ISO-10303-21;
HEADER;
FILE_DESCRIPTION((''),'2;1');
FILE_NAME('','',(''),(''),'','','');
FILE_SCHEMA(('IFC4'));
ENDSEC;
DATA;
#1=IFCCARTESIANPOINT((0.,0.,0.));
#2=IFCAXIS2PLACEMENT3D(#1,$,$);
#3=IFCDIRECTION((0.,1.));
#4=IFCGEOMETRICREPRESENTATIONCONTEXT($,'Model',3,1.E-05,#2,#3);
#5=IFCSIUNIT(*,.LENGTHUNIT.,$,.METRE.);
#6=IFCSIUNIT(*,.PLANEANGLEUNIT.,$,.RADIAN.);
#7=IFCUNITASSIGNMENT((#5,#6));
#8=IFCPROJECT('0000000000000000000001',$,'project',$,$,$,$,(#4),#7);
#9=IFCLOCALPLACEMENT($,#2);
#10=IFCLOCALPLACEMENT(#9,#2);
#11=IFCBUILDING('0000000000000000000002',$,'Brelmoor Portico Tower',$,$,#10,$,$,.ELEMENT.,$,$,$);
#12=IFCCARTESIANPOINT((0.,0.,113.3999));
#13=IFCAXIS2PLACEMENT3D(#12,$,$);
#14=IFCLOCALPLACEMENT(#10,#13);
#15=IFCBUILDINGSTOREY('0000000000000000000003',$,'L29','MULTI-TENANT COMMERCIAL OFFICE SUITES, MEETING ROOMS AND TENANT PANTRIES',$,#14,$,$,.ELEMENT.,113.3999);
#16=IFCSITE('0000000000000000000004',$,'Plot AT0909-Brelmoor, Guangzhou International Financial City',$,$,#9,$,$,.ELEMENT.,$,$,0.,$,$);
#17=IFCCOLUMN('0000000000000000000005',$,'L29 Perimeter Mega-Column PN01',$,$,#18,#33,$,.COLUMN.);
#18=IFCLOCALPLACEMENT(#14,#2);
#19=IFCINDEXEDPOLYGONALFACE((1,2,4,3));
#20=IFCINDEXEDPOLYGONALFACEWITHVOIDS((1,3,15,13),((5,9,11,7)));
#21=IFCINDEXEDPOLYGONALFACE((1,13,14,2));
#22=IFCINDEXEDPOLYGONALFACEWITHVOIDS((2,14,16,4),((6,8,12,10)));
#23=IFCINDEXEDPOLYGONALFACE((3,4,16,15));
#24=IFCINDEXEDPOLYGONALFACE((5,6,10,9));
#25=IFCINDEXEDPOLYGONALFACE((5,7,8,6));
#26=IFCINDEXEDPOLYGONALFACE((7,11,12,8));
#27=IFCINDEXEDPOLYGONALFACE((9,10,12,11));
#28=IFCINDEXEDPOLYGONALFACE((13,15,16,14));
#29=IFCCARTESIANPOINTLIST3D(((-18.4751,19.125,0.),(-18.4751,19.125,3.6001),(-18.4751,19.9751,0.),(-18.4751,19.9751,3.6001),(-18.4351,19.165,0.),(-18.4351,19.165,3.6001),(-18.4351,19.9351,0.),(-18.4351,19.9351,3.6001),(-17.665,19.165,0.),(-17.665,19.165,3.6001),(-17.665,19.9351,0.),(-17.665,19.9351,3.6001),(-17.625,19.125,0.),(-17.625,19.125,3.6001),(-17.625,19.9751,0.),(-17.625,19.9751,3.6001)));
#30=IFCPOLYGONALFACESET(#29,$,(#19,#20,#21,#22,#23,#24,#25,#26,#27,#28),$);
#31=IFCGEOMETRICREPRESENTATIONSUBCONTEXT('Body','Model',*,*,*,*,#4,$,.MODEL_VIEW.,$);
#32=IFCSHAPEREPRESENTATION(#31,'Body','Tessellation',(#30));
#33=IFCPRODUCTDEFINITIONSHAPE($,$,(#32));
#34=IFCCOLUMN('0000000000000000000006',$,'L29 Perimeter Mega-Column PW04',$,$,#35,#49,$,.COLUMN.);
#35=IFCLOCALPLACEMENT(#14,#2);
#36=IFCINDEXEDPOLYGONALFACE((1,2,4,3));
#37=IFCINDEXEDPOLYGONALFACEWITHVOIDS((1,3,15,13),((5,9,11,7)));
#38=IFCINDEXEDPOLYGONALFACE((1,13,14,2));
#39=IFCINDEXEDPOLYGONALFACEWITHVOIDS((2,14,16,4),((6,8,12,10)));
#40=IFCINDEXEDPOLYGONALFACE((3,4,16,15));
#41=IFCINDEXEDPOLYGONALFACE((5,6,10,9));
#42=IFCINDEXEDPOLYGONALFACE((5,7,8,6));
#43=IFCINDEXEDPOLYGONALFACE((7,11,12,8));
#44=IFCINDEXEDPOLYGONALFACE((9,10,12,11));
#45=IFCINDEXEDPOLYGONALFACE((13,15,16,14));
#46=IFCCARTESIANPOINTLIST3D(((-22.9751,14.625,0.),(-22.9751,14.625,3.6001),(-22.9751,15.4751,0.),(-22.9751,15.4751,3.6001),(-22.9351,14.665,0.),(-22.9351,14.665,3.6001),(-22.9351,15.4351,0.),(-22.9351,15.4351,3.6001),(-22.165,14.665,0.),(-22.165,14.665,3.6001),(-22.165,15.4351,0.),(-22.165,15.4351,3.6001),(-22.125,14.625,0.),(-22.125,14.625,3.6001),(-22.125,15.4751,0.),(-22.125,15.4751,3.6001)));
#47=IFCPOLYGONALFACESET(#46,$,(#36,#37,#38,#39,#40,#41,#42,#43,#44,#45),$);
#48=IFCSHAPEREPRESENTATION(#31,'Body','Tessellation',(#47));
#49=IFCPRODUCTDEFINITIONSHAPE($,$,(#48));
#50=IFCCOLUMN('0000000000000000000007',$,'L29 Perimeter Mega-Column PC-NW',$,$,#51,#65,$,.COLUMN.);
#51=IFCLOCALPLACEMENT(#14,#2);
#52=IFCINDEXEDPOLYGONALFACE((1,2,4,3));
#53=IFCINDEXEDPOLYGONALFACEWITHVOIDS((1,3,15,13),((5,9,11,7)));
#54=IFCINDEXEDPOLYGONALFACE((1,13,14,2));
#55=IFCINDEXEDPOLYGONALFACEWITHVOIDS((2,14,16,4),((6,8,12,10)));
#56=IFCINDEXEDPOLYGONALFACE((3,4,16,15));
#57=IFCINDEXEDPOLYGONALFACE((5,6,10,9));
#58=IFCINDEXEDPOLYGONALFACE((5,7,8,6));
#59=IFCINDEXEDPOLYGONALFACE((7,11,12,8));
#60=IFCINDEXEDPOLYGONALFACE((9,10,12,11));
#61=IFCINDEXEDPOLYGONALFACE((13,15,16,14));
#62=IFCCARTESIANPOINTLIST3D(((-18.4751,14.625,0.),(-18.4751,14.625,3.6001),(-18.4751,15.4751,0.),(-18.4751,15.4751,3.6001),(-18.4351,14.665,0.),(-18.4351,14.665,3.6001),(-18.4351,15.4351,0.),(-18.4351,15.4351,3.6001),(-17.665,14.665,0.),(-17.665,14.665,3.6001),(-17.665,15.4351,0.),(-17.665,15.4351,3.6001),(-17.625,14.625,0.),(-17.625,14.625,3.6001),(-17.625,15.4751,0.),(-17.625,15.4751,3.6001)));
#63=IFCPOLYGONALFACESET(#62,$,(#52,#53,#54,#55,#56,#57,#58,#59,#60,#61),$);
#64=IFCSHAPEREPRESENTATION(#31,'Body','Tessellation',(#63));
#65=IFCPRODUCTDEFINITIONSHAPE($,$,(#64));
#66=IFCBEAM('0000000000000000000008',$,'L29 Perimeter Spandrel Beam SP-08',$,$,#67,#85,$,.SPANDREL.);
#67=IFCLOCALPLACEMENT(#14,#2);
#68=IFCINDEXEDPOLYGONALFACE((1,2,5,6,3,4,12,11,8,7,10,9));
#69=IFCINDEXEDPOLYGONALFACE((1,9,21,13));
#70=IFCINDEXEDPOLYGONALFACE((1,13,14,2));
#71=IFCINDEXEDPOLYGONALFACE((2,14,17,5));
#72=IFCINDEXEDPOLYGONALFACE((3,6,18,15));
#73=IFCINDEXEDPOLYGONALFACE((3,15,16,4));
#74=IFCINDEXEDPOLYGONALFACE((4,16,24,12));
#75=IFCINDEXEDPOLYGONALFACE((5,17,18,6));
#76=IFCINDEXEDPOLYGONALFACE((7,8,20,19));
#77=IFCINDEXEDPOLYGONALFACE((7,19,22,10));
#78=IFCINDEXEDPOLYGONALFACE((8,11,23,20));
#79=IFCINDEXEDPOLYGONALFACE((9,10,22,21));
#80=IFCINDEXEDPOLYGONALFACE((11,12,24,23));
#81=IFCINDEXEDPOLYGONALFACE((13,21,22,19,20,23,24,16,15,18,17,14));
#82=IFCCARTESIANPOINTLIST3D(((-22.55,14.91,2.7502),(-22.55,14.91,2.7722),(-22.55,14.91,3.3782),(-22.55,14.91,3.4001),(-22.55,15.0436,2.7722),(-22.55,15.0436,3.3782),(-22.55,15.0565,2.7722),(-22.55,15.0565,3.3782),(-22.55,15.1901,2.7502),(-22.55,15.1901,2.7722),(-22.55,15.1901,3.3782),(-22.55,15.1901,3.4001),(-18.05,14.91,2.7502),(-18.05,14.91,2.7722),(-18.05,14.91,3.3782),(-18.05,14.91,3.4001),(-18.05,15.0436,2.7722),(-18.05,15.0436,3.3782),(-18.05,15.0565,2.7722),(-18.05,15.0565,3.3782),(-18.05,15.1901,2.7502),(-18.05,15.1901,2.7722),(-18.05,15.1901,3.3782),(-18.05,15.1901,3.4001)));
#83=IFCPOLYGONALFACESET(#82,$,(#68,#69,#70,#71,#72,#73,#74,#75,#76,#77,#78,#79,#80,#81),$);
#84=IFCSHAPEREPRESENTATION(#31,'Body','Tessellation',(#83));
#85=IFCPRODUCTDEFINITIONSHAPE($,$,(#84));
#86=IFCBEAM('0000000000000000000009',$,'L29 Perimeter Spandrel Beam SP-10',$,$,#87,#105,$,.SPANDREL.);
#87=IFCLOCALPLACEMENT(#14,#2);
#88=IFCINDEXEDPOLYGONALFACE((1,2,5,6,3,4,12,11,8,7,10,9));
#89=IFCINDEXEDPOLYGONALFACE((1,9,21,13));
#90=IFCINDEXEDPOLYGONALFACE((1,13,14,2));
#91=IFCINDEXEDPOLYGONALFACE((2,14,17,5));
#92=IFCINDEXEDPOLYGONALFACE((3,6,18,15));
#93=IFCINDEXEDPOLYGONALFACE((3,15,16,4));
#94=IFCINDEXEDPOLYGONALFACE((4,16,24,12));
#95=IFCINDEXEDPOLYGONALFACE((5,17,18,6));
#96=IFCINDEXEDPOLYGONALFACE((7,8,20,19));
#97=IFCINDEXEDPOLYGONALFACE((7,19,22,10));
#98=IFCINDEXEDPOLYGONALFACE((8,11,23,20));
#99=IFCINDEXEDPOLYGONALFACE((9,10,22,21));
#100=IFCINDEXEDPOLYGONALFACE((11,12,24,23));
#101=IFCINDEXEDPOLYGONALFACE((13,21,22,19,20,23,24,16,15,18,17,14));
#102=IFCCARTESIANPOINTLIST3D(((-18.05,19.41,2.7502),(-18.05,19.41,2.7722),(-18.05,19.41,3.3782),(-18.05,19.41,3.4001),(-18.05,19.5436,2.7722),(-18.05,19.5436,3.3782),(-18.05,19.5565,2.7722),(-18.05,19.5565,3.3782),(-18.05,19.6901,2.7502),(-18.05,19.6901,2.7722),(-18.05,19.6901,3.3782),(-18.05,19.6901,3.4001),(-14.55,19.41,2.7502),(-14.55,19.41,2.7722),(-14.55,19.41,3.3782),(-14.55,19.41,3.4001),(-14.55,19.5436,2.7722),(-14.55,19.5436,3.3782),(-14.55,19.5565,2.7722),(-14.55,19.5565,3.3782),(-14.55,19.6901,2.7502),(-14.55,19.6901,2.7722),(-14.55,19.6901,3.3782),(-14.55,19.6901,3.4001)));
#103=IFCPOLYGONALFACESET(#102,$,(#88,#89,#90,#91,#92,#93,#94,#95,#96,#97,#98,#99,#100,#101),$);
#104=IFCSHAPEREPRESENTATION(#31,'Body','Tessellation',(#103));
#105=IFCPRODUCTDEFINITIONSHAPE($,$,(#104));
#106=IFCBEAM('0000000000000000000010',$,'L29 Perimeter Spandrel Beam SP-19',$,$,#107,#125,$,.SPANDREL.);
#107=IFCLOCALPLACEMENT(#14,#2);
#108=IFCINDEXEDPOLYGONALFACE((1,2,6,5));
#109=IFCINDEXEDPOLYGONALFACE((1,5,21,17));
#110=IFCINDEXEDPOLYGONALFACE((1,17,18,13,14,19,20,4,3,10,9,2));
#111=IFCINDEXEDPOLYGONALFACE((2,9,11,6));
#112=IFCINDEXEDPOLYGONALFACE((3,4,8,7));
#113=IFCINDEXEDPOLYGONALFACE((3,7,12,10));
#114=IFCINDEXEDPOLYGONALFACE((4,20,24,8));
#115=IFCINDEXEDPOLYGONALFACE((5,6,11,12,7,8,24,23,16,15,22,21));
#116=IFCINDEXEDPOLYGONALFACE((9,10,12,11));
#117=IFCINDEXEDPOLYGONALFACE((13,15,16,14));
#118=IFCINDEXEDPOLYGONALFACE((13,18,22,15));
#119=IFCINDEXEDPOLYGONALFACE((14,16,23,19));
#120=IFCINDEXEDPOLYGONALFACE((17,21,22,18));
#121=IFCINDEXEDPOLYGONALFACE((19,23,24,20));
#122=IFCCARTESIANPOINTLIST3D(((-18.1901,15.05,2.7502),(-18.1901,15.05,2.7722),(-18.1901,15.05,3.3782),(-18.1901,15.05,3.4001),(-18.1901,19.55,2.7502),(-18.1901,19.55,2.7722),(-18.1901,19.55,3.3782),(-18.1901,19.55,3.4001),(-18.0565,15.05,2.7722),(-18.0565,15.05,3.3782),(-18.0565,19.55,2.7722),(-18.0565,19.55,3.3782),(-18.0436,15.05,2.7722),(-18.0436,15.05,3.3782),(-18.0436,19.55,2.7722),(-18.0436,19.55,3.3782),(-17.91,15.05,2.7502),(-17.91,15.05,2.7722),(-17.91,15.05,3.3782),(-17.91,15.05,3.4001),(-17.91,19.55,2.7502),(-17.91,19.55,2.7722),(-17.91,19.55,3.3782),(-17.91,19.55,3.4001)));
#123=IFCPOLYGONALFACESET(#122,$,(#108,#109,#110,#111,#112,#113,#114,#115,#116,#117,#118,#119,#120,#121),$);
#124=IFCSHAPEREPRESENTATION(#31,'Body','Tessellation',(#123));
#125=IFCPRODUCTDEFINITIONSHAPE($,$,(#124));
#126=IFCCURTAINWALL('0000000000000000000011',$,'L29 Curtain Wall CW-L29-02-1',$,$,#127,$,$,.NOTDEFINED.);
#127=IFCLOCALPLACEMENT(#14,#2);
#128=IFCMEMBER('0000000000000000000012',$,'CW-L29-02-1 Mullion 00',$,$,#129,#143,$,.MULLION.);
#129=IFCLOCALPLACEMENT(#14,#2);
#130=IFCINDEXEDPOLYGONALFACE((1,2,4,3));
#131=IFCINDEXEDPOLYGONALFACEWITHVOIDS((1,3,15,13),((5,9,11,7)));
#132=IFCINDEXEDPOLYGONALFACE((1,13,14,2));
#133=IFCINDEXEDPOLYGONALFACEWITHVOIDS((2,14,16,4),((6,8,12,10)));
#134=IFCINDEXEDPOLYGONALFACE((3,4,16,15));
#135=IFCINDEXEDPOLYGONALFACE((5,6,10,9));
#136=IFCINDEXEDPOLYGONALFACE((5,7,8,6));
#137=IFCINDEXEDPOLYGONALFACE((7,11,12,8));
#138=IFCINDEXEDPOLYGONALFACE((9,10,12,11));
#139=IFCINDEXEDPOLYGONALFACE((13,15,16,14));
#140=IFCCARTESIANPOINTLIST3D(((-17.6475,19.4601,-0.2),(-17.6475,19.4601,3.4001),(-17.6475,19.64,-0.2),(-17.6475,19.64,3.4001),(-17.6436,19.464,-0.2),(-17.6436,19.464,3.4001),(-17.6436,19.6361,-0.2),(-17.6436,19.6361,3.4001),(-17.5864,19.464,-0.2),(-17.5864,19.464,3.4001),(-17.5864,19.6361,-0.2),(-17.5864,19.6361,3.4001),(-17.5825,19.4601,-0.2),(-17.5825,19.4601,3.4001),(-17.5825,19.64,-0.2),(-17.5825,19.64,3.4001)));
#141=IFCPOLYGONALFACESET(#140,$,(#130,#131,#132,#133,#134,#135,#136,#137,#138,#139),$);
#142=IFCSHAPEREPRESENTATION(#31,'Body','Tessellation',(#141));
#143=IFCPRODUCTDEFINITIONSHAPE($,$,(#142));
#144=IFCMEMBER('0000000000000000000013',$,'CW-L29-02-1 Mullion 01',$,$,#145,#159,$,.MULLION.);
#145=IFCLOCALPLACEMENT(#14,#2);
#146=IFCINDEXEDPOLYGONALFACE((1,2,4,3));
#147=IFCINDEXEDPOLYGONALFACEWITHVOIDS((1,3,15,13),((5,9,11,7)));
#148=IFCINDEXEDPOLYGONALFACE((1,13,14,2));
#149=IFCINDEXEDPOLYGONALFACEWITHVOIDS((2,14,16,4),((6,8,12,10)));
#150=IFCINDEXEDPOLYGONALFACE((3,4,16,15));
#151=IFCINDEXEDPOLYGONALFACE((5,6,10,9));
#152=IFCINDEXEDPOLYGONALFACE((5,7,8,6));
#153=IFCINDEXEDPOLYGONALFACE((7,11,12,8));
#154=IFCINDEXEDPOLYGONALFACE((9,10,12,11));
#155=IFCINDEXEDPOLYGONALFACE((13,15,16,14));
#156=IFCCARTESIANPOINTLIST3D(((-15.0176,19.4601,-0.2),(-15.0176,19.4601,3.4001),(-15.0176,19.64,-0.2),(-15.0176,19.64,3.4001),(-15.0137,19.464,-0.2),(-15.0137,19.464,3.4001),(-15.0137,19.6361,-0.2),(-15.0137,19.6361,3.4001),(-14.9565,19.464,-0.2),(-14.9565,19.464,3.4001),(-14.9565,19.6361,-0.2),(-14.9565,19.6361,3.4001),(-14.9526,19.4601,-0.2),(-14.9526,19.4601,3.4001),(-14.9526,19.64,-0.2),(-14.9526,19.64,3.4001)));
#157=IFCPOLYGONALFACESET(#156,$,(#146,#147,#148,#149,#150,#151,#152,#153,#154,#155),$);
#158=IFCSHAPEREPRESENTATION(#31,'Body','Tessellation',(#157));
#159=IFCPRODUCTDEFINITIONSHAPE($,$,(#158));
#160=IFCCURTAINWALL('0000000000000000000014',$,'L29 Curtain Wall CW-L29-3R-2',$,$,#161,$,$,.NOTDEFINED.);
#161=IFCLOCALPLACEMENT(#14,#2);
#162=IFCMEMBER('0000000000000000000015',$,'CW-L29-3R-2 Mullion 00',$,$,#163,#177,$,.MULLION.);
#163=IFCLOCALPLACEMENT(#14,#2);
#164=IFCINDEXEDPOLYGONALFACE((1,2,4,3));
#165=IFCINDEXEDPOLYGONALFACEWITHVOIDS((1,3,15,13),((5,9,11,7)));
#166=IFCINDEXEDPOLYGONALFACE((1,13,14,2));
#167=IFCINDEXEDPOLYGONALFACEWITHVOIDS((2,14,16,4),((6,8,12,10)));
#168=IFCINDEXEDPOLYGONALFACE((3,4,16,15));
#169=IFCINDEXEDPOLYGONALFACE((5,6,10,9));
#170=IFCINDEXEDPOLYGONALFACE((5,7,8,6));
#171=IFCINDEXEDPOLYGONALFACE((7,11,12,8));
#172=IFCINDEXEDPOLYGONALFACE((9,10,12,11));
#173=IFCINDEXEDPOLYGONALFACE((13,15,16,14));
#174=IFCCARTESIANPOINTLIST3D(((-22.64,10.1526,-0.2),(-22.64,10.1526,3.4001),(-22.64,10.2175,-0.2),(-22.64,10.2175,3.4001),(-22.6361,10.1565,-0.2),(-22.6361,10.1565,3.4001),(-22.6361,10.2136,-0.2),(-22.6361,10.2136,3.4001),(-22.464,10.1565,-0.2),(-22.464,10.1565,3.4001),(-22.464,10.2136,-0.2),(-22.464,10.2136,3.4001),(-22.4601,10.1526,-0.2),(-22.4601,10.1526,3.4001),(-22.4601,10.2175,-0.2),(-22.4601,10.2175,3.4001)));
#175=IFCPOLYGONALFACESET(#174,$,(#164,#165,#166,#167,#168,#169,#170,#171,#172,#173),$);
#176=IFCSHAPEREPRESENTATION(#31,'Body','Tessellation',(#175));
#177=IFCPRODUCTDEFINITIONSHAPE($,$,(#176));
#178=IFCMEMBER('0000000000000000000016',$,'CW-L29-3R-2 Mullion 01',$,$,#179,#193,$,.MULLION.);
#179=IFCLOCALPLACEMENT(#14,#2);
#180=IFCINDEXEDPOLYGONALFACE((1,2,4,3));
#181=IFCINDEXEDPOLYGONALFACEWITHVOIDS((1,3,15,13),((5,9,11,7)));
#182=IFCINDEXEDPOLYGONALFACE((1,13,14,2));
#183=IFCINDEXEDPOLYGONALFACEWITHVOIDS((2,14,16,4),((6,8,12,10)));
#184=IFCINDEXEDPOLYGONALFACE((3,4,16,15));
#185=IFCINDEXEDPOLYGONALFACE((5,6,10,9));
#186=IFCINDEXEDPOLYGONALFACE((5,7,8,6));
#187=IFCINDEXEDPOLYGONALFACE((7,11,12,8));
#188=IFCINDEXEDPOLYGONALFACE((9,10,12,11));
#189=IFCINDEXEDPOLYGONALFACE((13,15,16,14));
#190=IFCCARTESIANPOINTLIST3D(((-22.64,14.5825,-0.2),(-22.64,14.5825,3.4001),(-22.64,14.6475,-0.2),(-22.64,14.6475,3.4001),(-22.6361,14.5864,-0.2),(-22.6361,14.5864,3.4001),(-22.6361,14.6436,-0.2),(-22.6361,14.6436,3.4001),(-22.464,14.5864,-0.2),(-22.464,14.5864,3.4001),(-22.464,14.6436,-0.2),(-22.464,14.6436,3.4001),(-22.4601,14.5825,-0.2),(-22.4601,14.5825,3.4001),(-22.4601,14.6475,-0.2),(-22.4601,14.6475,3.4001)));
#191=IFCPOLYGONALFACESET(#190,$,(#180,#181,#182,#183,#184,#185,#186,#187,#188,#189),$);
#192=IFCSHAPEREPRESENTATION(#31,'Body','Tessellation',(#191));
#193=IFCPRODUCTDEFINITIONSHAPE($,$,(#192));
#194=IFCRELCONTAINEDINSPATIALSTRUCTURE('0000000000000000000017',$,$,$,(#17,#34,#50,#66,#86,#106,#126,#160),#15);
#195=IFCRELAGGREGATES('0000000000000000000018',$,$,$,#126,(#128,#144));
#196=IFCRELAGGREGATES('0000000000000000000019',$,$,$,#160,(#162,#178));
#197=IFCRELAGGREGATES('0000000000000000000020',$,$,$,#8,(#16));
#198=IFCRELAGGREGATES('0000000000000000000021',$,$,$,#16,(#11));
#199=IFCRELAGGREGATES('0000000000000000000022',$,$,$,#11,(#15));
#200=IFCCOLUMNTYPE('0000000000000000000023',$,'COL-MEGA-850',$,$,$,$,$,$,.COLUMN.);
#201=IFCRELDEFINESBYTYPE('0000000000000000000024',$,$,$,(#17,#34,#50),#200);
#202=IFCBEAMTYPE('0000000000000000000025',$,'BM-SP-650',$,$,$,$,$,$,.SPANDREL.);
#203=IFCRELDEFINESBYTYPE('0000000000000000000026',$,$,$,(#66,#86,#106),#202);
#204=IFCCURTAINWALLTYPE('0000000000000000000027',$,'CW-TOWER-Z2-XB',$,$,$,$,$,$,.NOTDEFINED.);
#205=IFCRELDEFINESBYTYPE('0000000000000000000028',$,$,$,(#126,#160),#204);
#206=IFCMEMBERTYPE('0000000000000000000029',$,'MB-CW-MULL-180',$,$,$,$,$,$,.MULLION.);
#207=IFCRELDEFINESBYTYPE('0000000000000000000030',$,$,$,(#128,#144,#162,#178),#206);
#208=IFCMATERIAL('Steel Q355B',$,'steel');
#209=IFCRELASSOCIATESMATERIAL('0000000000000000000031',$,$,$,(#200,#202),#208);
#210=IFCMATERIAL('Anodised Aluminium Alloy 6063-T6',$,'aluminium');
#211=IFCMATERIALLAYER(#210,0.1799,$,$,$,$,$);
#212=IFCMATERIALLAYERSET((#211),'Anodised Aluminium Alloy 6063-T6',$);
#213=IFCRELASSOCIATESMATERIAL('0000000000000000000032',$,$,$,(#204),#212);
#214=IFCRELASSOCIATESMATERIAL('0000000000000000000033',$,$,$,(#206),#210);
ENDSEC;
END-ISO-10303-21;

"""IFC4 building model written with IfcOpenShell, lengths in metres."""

from ifc_helpers import new_model, si_unit, direction, frame, origin, origin_2d, place, context, subcontext, project, spatial, hollow_rectangle, i_section, extrude, material, layer, layer_set, material_profile, profile_set, type_object, element, aggregate, save


model = new_model("IFC4")

# Units and contexts
model_context = context("Model", 3, precision=1e-05, world=origin(), true_north=direction((0.0, 1.0)))
body_context = subcontext(model_context, "Body", "Model", "MODEL_VIEW")
ifc_project = project(units=[si_unit("LENGTHUNIT", "METRE"), si_unit("PLANEANGLEUNIT", "RADIAN")], contexts=[model_context])

# Site, building, storey
site_placement = place(None, origin())
site = spatial("IfcSite", under=ifc_project, at=site_placement, Name="Plot AT0909-Brelmoor, Guangzhou International Financial City", CompositionType="ELEMENT", RefElevation=0.0)
building_placement = place(site_placement, origin())
building = spatial("IfcBuilding", under=site, at=building_placement, Name="Brelmoor Portico Tower", CompositionType="ELEMENT")
storey_placement = place(building_placement, frame((0.0, 0.0, 113.3999)))
storey = spatial("IfcBuildingStorey", under=building, at=storey_placement, Name="L29", Description="MULTI-TENANT COMMERCIAL OFFICE SUITES, MEETING ROOMS AND TENANT PANTRIES", CompositionType="ELEMENT", Elevation=113.3999)

# Columns
ifc_material_1 = material(Name="Steel Q355B", Category="steel")
ifc_material_profile_1 = material_profile(ifc_material_1, hollow_rectangle(XDim=0.8501, YDim=0.8501, WallThickness=0.04, at=origin_2d()), Name="BOX 850x850x40")
ifc_profile_set_1 = profile_set([ifc_material_profile_1], Name="Steel Q355B")
column_type = type_object("IfcColumnType", Name="COL-MEGA-850", PredefinedType="COLUMN", material=ifc_profile_set_1)
for number, where, z_axis, x_axis, name in (
    (1, (-18.05, 19.55, 0.0), (0.0, 0.0, 1.0), (1.0, 0.0, 0.0), "L29 Perimeter Mega-Column PN01"),
    (2, (-22.55, 15.05, 0.0), (0.0, 0.0, 1.0), (0.0, 1.0, 0.0), "L29 Perimeter Mega-Column PW04"),
    (3, (-18.05, 15.05, 0.0), (0.0, 0.0, 1.0), (1.0, 0.0, 0.0), "L29 Perimeter Mega-Column PC-NW"),
):
    element("IfcColumn", number, at=place(storey_placement, frame(where, z_axis=z_axis, x_axis=x_axis)), inside=storey, type_object=column_type, Name=name, PredefinedType="COLUMN", context=body_context, shape_type="SweptSolid", body=[
        extrude(hollow_rectangle(XDim=0.8501, YDim=0.8501, WallThickness=0.04, at=origin_2d()), origin(), (0.0, 0.0, 1.0), 3.6001),
    ])

# Beams
ifc_material_profile_2 = material_profile(ifc_material_1, i_section(OverallWidth=0.28, OverallDepth=0.6499, WebThickness=0.0129, FlangeThickness=0.022, at=origin_2d()), Name="HN 650x280x13x22")
ifc_profile_set_2 = profile_set([ifc_material_profile_2], Name="Steel Q355B")
beam_type = type_object("IfcBeamType", Name="BM-SP-650", PredefinedType="SPANDREL", material=ifc_profile_set_2)
beam_1_placement = place(storey_placement, frame((-22.55, 15.05, 3.0752), z_axis=(1.0, 0.0, 0.0), x_axis=(0.0, 1.0, 0.0)))
element("IfcBeam", 4, at=beam_1_placement, inside=storey, type_object=beam_type, Name="L29 Perimeter Spandrel Beam SP-08", PredefinedType="SPANDREL", context=body_context, shape_type="SweptSolid", body=[
    extrude(i_section(OverallWidth=0.28, OverallDepth=0.6499, WebThickness=0.0129, FlangeThickness=0.022, at=origin_2d()), origin(), (0.0, 0.0, 1.0), 4.5),
])
beam_2_placement = place(storey_placement, frame((-18.05, 19.55, 3.0752), z_axis=(1.0, 0.0, 0.0), x_axis=(0.0, 1.0, 0.0)))
element("IfcBeam", 5, at=beam_2_placement, inside=storey, type_object=beam_type, Name="L29 Perimeter Spandrel Beam SP-10", PredefinedType="SPANDREL", context=body_context, shape_type="SweptSolid", body=[
    extrude(i_section(OverallWidth=0.28, OverallDepth=0.6499, WebThickness=0.0129, FlangeThickness=0.022, at=origin_2d()), origin(), (0.0, 0.0, 1.0), 3.5),
])
beam_3_placement = place(storey_placement, frame((-18.05, 15.05, 3.0752), z_axis=(0.0, 1.0, 0.0), x_axis=(-1.0, 0.0, 0.0)))
element("IfcBeam", 6, at=beam_3_placement, inside=storey, type_object=beam_type, Name="L29 Perimeter Spandrel Beam SP-19", PredefinedType="SPANDREL", context=body_context, shape_type="SweptSolid", body=[
    extrude(i_section(OverallWidth=0.28, OverallDepth=0.6499, WebThickness=0.0129, FlangeThickness=0.022, at=origin_2d()), origin(), (0.0, 0.0, 1.0), 4.5),
])

# Curtain walls, members
ifc_material_2 = material(Name="Anodised Aluminium Alloy 6063-T6", Category="aluminium")
ifc_layer_1 = layer(ifc_material_2, 0.1799)
ifc_layer_set_1 = layer_set([ifc_layer_1], Name="Anodised Aluminium Alloy 6063-T6")
curtain_wall_type = type_object("IfcCurtainWallType", Name="CW-TOWER-Z2-XB", PredefinedType="NOTDEFINED", material=ifc_layer_set_1)
curtain_wall_1_placement = place(storey_placement, origin())
curtain_wall_1 = element("IfcCurtainWall", 7, at=curtain_wall_1_placement, inside=storey, type_object=curtain_wall_type, Name="L29 Curtain Wall CW-L29-02-1", PredefinedType="NOTDEFINED")
ifc_material_profile_3 = material_profile(ifc_material_2, hollow_rectangle(XDim=0.0649, YDim=0.1799, WallThickness=0.0039, at=origin_2d()), Name="ALU MULLION 65x180")
ifc_profile_set_3 = profile_set([ifc_material_profile_3], Name="Anodised Aluminium Alloy 6063-T6")
member_type_1 = type_object("IfcMemberType", Name="MB-CW-MULL-180", PredefinedType="MULLION", material=ifc_profile_set_3)
member_1_placement = place(storey_placement, frame((-17.615, 19.55, -0.2), z_axis=(0.0, 0.0, 1.0), x_axis=(1.0, 0.0, 0.0)))
member_1 = element("IfcMember", 8, at=member_1_placement, type_object=member_type_1, Name="CW-L29-02-1 Mullion 00", PredefinedType="MULLION", context=body_context, shape_type="SweptSolid", body=[
    extrude(hollow_rectangle(XDim=0.0649, YDim=0.1799, WallThickness=0.0039, at=origin_2d()), origin(), (0.0, 0.0, 1.0), 3.6001),
])
member_2_placement = place(storey_placement, frame((-14.9851, 19.55, -0.2), z_axis=(0.0, 0.0, 1.0), x_axis=(1.0, 0.0, 0.0)))
member_2 = element("IfcMember", 9, at=member_2_placement, type_object=member_type_1, Name="CW-L29-02-1 Mullion 01", PredefinedType="MULLION", context=body_context, shape_type="SweptSolid", body=[
    extrude(hollow_rectangle(XDim=0.0649, YDim=0.1799, WallThickness=0.0039, at=origin_2d()), origin(), (0.0, 0.0, 1.0), 3.6001),
])
curtain_wall_2_placement = place(storey_placement, origin())
curtain_wall_2 = element("IfcCurtainWall", 10, at=curtain_wall_2_placement, inside=storey, type_object=curtain_wall_type, Name="L29 Curtain Wall CW-L29-3R-2", PredefinedType="NOTDEFINED")
member_3_placement = place(storey_placement, frame((-22.55, 10.1851, -0.2), z_axis=(0.0, 0.0, 1.0), x_axis=(0.0, 1.0, 0.0)))
member_3 = element("IfcMember", 11, at=member_3_placement, type_object=member_type_1, Name="CW-L29-3R-2 Mullion 00", PredefinedType="MULLION", context=body_context, shape_type="SweptSolid", body=[
    extrude(hollow_rectangle(XDim=0.0649, YDim=0.1799, WallThickness=0.0039, at=origin_2d()), origin(), (0.0, 0.0, 1.0), 3.6001),
])
member_4_placement = place(storey_placement, frame((-22.55, 14.615, -0.2), z_axis=(0.0, 0.0, 1.0), x_axis=(0.0, 1.0, 0.0)))
member_4 = element("IfcMember", 12, at=member_4_placement, type_object=member_type_1, Name="CW-L29-3R-2 Mullion 01", PredefinedType="MULLION", context=body_context, shape_type="SweptSolid", body=[
    extrude(hollow_rectangle(XDim=0.0649, YDim=0.1799, WallThickness=0.0039, at=origin_2d()), origin(), (0.0, 0.0, 1.0), 3.6001),
])

aggregate(curtain_wall_1, [member_1, member_2])
aggregate(curtain_wall_2, [member_3, member_4])

save(model, "model.ifc")
